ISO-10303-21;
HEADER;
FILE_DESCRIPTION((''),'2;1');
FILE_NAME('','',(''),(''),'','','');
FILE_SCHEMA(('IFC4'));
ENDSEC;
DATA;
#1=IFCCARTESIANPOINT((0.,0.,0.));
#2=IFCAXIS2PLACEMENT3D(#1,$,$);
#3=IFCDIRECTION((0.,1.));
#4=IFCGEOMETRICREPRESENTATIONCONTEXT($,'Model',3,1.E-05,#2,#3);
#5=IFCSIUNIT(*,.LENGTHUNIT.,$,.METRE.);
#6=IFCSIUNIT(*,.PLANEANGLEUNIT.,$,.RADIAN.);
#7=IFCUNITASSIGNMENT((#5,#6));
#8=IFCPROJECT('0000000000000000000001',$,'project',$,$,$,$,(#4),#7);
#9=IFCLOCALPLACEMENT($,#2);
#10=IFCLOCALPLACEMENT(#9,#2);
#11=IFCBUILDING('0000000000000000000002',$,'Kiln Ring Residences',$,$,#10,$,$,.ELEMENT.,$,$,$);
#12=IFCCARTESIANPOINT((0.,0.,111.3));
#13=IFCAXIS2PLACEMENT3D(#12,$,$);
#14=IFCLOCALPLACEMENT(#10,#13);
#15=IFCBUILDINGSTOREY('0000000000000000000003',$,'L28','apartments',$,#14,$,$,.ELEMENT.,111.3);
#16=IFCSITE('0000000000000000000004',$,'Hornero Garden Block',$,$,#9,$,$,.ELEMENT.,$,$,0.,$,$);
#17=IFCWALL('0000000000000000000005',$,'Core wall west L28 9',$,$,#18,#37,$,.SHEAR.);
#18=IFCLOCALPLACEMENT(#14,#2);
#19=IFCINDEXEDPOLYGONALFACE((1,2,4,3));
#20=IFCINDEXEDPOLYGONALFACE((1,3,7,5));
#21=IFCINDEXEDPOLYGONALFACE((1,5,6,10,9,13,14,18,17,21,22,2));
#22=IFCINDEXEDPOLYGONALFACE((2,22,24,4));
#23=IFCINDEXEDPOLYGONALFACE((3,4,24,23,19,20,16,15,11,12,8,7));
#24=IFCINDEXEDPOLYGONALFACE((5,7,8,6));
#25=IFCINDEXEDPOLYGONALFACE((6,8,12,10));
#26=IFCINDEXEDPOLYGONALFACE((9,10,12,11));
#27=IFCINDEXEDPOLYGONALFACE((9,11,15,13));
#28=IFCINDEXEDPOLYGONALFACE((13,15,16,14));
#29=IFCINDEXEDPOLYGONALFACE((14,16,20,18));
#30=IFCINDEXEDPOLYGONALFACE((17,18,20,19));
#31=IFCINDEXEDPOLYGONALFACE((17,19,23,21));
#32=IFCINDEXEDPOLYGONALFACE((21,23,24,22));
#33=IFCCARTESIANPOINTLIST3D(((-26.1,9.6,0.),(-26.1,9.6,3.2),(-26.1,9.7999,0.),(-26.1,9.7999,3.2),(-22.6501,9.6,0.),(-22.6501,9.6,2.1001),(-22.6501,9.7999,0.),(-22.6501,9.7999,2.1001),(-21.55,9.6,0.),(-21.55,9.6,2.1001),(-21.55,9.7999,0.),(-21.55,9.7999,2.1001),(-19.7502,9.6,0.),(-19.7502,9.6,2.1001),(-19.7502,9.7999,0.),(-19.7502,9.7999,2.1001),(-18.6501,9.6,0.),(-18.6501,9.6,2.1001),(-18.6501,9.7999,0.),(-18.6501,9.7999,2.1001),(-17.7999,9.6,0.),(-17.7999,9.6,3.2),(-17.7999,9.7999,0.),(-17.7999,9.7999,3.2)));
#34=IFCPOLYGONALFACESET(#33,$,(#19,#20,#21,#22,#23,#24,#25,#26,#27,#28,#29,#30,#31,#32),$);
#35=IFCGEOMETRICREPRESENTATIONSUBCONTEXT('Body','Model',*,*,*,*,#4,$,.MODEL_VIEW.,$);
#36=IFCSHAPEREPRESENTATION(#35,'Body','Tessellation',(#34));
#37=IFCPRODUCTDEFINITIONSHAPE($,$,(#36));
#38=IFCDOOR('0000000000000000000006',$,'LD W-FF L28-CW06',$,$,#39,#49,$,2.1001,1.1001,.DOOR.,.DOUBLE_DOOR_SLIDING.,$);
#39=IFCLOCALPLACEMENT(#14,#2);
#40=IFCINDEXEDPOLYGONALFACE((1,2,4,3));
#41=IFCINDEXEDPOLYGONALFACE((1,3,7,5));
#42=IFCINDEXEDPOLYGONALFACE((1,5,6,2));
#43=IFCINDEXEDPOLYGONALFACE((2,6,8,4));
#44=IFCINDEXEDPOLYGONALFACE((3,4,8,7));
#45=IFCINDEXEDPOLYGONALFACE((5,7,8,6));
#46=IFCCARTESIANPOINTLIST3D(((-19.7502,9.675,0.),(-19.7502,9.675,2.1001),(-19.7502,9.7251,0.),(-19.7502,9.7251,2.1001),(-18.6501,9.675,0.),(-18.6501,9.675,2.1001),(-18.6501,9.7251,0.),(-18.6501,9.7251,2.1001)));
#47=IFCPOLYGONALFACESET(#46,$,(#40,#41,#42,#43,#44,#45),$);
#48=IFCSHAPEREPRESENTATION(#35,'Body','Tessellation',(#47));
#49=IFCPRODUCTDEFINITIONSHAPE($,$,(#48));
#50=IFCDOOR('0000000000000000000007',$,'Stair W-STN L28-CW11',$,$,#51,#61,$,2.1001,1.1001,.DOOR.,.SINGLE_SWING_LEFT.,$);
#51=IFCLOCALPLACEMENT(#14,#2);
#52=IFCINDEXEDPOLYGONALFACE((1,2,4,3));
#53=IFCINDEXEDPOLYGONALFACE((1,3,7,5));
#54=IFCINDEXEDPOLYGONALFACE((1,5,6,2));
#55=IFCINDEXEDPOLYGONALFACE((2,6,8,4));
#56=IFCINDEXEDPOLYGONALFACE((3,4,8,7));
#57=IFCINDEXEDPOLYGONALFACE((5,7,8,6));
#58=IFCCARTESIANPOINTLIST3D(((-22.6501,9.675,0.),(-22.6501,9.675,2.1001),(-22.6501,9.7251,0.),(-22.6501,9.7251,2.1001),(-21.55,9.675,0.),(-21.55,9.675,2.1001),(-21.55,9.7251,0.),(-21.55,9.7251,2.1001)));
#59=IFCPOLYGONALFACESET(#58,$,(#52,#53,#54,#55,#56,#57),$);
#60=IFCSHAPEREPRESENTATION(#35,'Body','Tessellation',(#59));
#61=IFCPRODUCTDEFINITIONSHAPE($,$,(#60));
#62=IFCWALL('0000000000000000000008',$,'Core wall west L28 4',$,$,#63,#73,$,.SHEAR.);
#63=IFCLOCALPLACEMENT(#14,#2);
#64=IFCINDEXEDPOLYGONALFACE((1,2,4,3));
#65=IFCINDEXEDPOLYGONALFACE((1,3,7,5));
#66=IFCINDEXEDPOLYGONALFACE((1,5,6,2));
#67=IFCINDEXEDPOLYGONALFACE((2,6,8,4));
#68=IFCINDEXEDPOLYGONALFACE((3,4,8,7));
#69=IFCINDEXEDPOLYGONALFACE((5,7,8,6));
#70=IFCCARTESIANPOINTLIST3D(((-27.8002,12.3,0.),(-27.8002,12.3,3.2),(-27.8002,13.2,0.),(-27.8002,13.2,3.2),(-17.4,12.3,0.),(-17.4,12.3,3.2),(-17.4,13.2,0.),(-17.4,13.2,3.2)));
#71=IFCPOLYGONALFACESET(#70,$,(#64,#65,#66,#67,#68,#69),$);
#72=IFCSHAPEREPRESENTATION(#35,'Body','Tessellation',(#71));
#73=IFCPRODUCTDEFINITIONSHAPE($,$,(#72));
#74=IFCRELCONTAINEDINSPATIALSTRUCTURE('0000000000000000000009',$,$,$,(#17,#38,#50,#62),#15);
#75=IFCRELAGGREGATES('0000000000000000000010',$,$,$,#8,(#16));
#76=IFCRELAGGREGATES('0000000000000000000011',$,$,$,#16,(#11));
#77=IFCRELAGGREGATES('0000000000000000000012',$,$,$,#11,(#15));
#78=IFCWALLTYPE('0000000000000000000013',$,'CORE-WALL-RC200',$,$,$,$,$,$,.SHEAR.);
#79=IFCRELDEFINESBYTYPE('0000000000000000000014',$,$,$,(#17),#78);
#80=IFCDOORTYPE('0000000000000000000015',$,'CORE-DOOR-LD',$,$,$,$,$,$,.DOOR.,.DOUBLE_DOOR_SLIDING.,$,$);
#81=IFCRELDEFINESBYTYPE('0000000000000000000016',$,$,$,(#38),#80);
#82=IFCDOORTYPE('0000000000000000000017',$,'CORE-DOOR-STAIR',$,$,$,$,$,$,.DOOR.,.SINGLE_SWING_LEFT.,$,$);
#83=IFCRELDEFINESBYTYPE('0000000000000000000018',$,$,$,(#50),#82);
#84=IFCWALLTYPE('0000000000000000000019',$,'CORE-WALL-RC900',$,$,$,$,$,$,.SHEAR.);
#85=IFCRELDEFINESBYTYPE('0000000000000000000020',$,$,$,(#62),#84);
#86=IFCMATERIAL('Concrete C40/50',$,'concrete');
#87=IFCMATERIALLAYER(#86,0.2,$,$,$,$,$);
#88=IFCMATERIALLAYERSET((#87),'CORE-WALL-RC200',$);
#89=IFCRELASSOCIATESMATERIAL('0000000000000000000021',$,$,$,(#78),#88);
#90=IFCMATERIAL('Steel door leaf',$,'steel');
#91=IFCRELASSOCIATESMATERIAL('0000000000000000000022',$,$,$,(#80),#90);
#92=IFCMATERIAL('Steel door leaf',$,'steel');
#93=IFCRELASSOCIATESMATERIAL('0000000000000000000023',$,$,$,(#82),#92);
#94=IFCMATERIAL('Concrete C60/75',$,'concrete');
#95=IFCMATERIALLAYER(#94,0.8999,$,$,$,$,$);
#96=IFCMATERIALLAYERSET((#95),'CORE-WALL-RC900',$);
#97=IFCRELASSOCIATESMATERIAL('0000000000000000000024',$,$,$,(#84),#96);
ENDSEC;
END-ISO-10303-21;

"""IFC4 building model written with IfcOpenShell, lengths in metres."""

from ifc_helpers import new_model, si_unit, direction, frame, frame_2d, origin, place, context, subcontext, project, spatial, rectangle, extrude, material, layer, layer_set, type_object, element, fill, save


model = new_model("IFC4")

# Units and contexts
model_context = context("Model", 3, precision=1e-05, world=origin(), true_north=direction((0.0, 1.0)))
body_context = subcontext(model_context, "Body", "Model", "MODEL_VIEW")
ifc_project = project(units=[si_unit("LENGTHUNIT", "METRE"), si_unit("PLANEANGLEUNIT", "RADIAN")], contexts=[model_context])

# Site, building, storey
site_placement = place(None, origin())
site = spatial("IfcSite", under=ifc_project, at=site_placement, Name="Hornero Garden Block", CompositionType="ELEMENT", RefElevation=0.0)
building_placement = place(site_placement, origin())
building = spatial("IfcBuilding", under=site, at=building_placement, Name="Kiln Ring Residences", CompositionType="ELEMENT")
storey_placement = place(building_placement, frame((0.0, 0.0, 111.3)))
storey = spatial("IfcBuildingStorey", under=building, at=storey_placement, Name="L28", Description="apartments", CompositionType="ELEMENT", Elevation=111.3)

# Wall, openings, doors
ifc_material_1 = material(Name="Concrete C40/50", Category="concrete")
ifc_layer_1 = layer(ifc_material_1, 0.2)
ifc_layer_set_1 = layer_set([ifc_layer_1], Name="CORE-WALL-RC200")
wall_type_1 = type_object("IfcWallType", Name="CORE-WALL-RC200", PredefinedType="SHEAR", material=ifc_layer_set_1)
wall_1_placement = place(storey_placement, frame((-17.8, 9.7, 0.0), z_axis=(0.0, 0.0, 1.0), x_axis=(-1.0, 0.0, 0.0)))
wall_1 = element("IfcWall", 1, at=wall_1_placement, inside=storey, type_object=wall_type_1, Name="Core wall west L28 9", PredefinedType="SHEAR", context=body_context, shape_type="SweptSolid", body=[
    extrude(rectangle(XDim=8.3, YDim=0.2, at=frame_2d((4.1499, 0.0))), origin(), (0.0, 0.0, 1.0), 3.2),
])
opening_1_placement = place(wall_1_placement, frame((0.8501, 0.0, 0.0)))
opening_1 = element("IfcOpeningElement", 2, at=opening_1_placement, cuts=wall_1, PredefinedType="OPENING", context=body_context, shape_type="SweptSolid", body=[
    extrude(rectangle(XDim=1.1001, YDim=2.1001, at=frame_2d((0.55, 1.05))), frame((0.0, 0.1099, 0.0), z_axis=(0.0, -1.0, 0.0), x_axis=(1.0, 0.0, 0.0)), (0.0, 0.0, 1.0), 0.22),
])
opening_2_placement = place(wall_1_placement, frame((3.75, 0.0, 0.0)))
opening_2 = element("IfcOpeningElement", 3, at=opening_2_placement, cuts=wall_1, PredefinedType="OPENING", context=body_context, shape_type="SweptSolid", body=[
    extrude(rectangle(XDim=1.1001, YDim=2.1001, at=frame_2d((0.55, 1.05))), frame((0.0, 0.1099, 0.0), z_axis=(0.0, -1.0, 0.0), x_axis=(1.0, 0.0, 0.0)), (0.0, 0.0, 1.0), 0.22),
])
ifc_material_2 = material(Name="Steel door leaf", Category="steel")
door_type_1 = type_object("IfcDoorType", Name="CORE-DOOR-LD", OperationType="DOUBLE_DOOR_SLIDING", PredefinedType="DOOR", material=ifc_material_2)
door_1_placement = place(opening_1_placement, origin())
door_1 = element("IfcDoor", 4, at=door_1_placement, inside=storey, type_object=door_type_1, Name="LD W-FF L28-CW06", OperationType="DOUBLE_DOOR_SLIDING", OverallHeight=2.1001, OverallWidth=1.1001, PredefinedType="DOOR", context=body_context, shape_type="SweptSolid", body=[
    extrude(rectangle(XDim=1.1001, YDim=2.1001, at=frame_2d((0.55, 1.05))), frame((0.0, 0.0249, 0.0), z_axis=(0.0, -1.0, 0.0), x_axis=(1.0, 0.0, 0.0)), (0.0, 0.0, 1.0), 0.05),
])
fill(opening_1, door_1)
ifc_material_3 = material(Name="Steel door leaf", Category="steel")
door_type_2 = type_object("IfcDoorType", Name="CORE-DOOR-STAIR", OperationType="SINGLE_SWING_LEFT", PredefinedType="DOOR", material=ifc_material_3)
door_2_placement = place(opening_2_placement, origin())
door_2 = element("IfcDoor", 5, at=door_2_placement, inside=storey, type_object=door_type_2, Name="Stair W-STN L28-CW11", OperationType="SINGLE_SWING_LEFT", OverallHeight=2.1001, OverallWidth=1.1001, PredefinedType="DOOR", context=body_context, shape_type="SweptSolid", body=[
    extrude(rectangle(XDim=1.1001, YDim=2.1001, at=frame_2d((0.55, 1.05))), frame((0.0, 0.0249, 0.0), z_axis=(0.0, -1.0, 0.0), x_axis=(1.0, 0.0, 0.0)), (0.0, 0.0, 1.0), 0.05),
])
fill(opening_2, door_2)

# Wall
ifc_material_4 = material(Name="Concrete C60/75", Category="concrete")
ifc_layer_2 = layer(ifc_material_4, 0.8999)
ifc_layer_set_2 = layer_set([ifc_layer_2], Name="CORE-WALL-RC900")
wall_type_2 = type_object("IfcWallType", Name="CORE-WALL-RC900", PredefinedType="SHEAR", material=ifc_layer_set_2)
wall_2_placement = place(storey_placement, frame((-17.3999, 12.75, 0.0), z_axis=(0.0, 0.0, 1.0), x_axis=(-1.0, 0.0, 0.0)))
element("IfcWall", 6, at=wall_2_placement, inside=storey, type_object=wall_type_2, Name="Core wall west L28 4", PredefinedType="SHEAR", context=body_context, shape_type="SweptSolid", body=[
    extrude(rectangle(XDim=10.4001, YDim=0.8999, at=frame_2d((5.2002, 0.0))), origin(), (0.0, 0.0, 1.0), 3.2),
])

save(model, "model.ifc")
